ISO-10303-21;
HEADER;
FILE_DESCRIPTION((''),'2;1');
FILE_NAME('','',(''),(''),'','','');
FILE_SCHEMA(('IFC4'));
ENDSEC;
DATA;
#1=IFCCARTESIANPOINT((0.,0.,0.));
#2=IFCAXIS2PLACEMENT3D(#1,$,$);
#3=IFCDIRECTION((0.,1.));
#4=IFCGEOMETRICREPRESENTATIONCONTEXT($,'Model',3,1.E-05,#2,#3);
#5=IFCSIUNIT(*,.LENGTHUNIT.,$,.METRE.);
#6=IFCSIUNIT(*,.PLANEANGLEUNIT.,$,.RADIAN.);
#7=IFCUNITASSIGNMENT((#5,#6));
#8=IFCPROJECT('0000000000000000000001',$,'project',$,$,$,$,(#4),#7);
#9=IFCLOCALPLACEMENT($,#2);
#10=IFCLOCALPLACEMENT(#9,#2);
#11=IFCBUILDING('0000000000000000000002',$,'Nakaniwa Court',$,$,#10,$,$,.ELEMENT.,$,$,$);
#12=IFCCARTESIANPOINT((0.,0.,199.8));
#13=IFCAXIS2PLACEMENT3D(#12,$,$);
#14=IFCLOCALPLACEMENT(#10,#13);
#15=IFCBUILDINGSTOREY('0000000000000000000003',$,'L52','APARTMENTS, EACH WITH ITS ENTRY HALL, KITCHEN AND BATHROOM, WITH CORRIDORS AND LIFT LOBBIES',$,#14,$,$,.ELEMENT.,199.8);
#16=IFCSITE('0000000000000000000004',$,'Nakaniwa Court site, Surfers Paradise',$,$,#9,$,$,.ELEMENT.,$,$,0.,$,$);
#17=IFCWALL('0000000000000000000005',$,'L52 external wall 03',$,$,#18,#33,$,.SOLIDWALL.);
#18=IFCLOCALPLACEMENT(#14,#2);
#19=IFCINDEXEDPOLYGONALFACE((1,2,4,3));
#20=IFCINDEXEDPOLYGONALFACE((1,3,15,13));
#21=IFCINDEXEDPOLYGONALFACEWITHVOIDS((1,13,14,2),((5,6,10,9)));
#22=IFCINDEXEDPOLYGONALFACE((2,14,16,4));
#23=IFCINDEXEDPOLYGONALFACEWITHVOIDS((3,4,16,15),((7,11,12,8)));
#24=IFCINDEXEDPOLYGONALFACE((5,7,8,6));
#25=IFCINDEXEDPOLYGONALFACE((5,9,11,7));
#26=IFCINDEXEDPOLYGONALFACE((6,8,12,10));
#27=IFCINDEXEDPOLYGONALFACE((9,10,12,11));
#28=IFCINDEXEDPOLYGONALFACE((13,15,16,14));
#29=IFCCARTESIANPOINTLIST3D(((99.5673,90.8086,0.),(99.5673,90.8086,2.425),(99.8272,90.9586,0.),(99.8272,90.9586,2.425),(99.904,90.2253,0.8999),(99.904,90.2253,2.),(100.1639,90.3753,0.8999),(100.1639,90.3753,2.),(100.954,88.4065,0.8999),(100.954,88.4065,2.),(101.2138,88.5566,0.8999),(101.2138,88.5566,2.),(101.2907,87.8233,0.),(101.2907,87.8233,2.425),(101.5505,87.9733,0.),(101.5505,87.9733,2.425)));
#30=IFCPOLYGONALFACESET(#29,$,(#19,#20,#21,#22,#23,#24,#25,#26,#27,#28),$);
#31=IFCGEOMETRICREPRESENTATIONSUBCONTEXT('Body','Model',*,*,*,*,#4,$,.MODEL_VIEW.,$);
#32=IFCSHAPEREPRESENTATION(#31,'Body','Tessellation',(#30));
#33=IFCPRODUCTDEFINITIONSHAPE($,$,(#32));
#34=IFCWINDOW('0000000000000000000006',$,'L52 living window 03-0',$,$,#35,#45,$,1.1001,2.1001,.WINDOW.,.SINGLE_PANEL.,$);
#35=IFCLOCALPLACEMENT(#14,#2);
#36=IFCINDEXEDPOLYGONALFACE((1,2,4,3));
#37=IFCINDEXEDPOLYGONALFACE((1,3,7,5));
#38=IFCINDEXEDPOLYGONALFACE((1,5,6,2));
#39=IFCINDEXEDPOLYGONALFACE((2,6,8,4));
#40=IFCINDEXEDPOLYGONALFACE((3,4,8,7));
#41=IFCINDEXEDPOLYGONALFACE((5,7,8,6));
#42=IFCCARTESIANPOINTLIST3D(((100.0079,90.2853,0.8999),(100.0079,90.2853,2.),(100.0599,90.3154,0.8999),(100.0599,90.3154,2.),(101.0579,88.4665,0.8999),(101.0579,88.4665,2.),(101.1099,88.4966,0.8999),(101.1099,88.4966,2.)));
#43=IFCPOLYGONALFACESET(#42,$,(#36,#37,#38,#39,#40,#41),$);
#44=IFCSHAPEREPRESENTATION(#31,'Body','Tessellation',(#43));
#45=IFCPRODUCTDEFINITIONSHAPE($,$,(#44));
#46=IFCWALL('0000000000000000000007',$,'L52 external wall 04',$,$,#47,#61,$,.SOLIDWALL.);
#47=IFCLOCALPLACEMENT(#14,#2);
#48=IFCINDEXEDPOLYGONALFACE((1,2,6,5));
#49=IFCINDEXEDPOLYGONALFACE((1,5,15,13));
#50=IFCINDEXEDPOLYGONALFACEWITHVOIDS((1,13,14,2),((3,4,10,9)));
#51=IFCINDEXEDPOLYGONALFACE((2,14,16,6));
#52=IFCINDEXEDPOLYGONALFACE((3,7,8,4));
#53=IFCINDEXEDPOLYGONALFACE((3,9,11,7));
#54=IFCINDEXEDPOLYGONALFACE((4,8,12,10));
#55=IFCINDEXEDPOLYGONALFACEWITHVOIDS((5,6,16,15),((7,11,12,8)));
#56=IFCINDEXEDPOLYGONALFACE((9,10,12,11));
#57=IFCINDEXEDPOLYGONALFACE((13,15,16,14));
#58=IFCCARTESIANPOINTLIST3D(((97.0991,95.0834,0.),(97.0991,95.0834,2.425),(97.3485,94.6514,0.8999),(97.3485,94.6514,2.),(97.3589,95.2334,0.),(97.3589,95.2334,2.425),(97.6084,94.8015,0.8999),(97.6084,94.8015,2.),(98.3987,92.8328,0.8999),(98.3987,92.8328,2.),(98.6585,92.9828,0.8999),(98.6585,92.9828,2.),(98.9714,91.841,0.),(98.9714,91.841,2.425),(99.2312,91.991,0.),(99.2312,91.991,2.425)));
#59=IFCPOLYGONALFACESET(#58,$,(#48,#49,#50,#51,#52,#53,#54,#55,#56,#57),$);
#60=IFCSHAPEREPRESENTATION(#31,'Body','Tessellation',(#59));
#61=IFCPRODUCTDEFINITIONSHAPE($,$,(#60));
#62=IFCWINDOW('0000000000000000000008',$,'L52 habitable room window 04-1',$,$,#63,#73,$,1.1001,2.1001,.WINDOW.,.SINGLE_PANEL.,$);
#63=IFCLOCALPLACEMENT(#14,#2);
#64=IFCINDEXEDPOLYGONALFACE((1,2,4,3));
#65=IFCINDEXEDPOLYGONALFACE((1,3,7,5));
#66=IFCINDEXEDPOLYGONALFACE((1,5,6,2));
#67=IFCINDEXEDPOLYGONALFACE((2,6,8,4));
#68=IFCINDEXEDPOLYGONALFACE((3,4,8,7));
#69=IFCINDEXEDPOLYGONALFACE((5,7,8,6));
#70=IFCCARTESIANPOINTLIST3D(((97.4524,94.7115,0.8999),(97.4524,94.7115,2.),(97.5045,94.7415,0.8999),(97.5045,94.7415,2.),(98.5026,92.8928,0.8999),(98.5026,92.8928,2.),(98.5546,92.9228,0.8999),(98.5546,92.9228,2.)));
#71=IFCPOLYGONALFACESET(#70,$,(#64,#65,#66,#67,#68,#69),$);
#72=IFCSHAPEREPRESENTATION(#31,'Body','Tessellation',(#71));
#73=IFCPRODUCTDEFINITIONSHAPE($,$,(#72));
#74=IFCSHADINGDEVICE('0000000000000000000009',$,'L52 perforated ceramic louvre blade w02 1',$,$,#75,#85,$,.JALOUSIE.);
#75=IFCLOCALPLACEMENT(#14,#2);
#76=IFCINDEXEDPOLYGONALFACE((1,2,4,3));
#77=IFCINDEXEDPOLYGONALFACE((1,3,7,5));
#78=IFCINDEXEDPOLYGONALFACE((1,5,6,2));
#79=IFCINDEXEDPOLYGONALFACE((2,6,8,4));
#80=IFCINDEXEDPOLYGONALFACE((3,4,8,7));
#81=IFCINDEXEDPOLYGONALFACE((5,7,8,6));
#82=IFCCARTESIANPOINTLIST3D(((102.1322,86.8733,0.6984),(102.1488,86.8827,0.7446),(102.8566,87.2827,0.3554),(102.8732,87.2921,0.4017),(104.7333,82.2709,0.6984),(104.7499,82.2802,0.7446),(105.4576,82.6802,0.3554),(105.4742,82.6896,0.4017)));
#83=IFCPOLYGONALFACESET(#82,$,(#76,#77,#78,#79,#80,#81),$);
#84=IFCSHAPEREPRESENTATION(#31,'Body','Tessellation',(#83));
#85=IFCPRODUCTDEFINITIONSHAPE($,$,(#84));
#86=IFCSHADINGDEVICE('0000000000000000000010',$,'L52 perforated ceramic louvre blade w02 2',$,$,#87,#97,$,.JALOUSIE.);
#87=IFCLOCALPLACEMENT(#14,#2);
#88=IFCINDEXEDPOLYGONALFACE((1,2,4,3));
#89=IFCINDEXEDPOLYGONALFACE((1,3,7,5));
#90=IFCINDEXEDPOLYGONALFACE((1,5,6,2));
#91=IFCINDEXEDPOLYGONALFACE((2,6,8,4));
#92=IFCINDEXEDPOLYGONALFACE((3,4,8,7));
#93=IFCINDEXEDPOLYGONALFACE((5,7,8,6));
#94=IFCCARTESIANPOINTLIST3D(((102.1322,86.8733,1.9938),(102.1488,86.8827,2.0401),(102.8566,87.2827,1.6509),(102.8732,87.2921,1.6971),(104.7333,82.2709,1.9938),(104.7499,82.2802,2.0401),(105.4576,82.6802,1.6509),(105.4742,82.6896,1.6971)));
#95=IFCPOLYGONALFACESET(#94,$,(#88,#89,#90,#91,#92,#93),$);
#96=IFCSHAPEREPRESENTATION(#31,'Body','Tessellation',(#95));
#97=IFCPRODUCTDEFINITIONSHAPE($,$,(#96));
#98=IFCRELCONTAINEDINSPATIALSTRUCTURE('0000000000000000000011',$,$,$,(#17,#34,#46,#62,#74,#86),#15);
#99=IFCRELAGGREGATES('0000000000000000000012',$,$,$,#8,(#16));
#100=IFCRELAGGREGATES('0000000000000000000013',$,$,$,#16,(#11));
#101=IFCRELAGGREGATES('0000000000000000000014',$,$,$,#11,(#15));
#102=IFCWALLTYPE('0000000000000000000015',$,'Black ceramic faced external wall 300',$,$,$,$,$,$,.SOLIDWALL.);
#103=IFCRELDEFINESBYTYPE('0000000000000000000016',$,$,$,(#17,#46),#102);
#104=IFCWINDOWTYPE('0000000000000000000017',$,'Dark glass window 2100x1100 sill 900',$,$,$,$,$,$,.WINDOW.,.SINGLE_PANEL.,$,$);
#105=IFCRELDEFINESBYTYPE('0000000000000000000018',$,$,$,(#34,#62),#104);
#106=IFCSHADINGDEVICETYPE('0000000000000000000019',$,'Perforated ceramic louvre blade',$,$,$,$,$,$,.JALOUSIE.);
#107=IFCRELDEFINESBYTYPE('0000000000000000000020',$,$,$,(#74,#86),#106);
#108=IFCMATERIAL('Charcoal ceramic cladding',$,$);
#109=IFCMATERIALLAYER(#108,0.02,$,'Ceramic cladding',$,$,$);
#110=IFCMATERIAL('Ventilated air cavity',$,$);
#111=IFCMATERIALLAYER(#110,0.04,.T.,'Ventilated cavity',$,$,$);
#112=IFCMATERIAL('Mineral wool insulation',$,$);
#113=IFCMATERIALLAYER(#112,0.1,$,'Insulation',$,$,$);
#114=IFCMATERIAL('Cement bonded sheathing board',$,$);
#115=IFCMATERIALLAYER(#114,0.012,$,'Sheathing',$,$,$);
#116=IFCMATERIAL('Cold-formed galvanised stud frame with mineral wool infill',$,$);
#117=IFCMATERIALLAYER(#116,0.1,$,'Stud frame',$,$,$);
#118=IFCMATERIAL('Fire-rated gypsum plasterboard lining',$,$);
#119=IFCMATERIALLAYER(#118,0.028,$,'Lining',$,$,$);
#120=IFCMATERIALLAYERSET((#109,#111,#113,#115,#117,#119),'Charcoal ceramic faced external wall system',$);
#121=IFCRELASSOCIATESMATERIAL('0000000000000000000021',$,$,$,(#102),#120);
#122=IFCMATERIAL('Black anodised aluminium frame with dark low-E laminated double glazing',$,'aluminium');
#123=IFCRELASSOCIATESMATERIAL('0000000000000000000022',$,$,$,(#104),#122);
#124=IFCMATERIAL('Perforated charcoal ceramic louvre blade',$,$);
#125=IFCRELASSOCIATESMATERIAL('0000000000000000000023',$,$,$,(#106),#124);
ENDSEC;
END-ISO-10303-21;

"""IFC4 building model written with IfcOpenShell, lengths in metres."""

from ifc_helpers import new_model, si_unit, direction, frame, frame_2d, origin, origin_2d, place, context, subcontext, project, spatial, rectangle, extrude, material, layer, layer_set, material_profile, profile_set, type_object, element, fill, save


model = new_model("IFC4")

# Units and contexts
model_context = context("Model", 3, precision=1e-05, world=origin(), true_north=direction((0.0, 1.0)))
body_context = subcontext(model_context, "Body", "Model", "MODEL_VIEW")
ifc_project = project(units=[si_unit("LENGTHUNIT", "METRE"), si_unit("PLANEANGLEUNIT", "RADIAN")], contexts=[model_context])

# Site, building, storey
site_placement = place(None, origin())
site = spatial("IfcSite", under=ifc_project, at=site_placement, Name="Nakaniwa Court site, Surfers Paradise", CompositionType="ELEMENT", RefElevation=0.0)
building_placement = place(site_placement, origin())
building = spatial("IfcBuilding", under=site, at=building_placement, Name="Nakaniwa Court", CompositionType="ELEMENT")
storey_placement = place(building_placement, frame((0.0, 0.0, 199.8)))
storey = spatial("IfcBuildingStorey", under=building, at=storey_placement, Name="L52", Description="APARTMENTS, EACH WITH ITS ENTRY HALL, KITCHEN AND BATHROOM, WITH CORRIDORS AND LIFT LOBBIES", CompositionType="ELEMENT", Elevation=199.8)

# Shared definitions
ifc_material_1 = material(Name="Charcoal ceramic cladding")
ifc_layer_1 = layer(ifc_material_1, 0.02, Name="Ceramic cladding")
ifc_material_2 = material(Name="Ventilated air cavity")
ifc_layer_2 = layer(ifc_material_2, 0.04, ventilated=True, Name="Ventilated cavity")
ifc_material_3 = material(Name="Mineral wool insulation")
ifc_layer_3 = layer(ifc_material_3, 0.1, Name="Insulation")
ifc_material_4 = material(Name="Cement bonded sheathing board")
ifc_layer_4 = layer(ifc_material_4, 0.012, Name="Sheathing")
ifc_material_5 = material(Name="Cold-formed galvanised stud frame with mineral wool infill")
ifc_layer_5 = layer(ifc_material_5, 0.1, Name="Stud frame")
ifc_material_6 = material(Name="Fire-rated gypsum plasterboard lining")
ifc_layer_6 = layer(ifc_material_6, 0.028, Name="Lining")
ifc_layer_set = layer_set([ifc_layer_1, ifc_layer_2, ifc_layer_3, ifc_layer_4, ifc_layer_5, ifc_layer_6], Name="Charcoal ceramic faced external wall system")
wall_type = type_object("IfcWallType", Name="Black ceramic faced external wall 300", PredefinedType="SOLIDWALL", material=ifc_layer_set)
ifc_material_7 = material(Name="Black anodised aluminium frame with dark low-E laminated double glazing", Category="aluminium")

# Shared definitions
window_type_1 = type_object("IfcWindowType", Name="Dark glass window 2100x1100 sill 900", PartitioningType="SINGLE_PANEL", PredefinedType="WINDOW", material=ifc_material_7)

# Walls, openings, windows
wall_1_placement = place(storey_placement, frame((101.4207, 87.8982, 0.0), z_axis=(0.0, 0.0, 1.0), x_axis=(-0.499955, 0.866051, 0.0)))
wall_1 = element("IfcWall", 1, at=wall_1_placement, inside=storey, type_object=wall_type, Name="L52 external wall 03", PredefinedType="SOLIDWALL", context=body_context, shape_type="SweptSolid", body=[
    extrude(rectangle(XDim=3.447, YDim=0.3, at=frame_2d((1.7236, 0.0))), origin(), (0.0, 0.0, 1.0), 2.425),
])
opening_1_placement = place(wall_1_placement, frame((0.6736, 0.0, 0.8999)))
opening_1 = element("IfcOpeningElement", 2, at=opening_1_placement, cuts=wall_1, PredefinedType="OPENING", context=body_context, shape_type="SweptSolid", body=[
    extrude(rectangle(XDim=2.1001, YDim=1.1001, at=frame_2d((1.05, 0.55))), frame((0.0, 0.1599, 0.0), z_axis=(0.0, -1.0, 0.0), x_axis=(1.0, 0.0, 0.0)), (0.0, 0.0, 1.0), 0.3201),
])
window_1_placement = place(opening_1_placement, origin())
window_1 = element("IfcWindow", 3, at=window_1_placement, inside=storey, type_object=window_type_1, Name="L52 living window 03-0", OverallHeight=1.1001, OverallWidth=2.1001, PartitioningType="SINGLE_PANEL", PredefinedType="WINDOW", context=body_context, shape_type="SweptSolid", body=[
    extrude(rectangle(XDim=2.1001, YDim=1.1001, at=frame_2d((1.05, 0.55))), frame((0.0, 0.03, 0.0), z_axis=(0.0, -1.0, 0.0), x_axis=(1.0, 0.0, 0.0)), (0.0, 0.0, 1.0), 0.0601),
])
fill(opening_1, window_1)
wall_2_placement = place(storey_placement, frame((99.1013, 91.916, 0.0), z_axis=(0.0, 0.0, 1.0), x_axis=(-0.500059, 0.865991, 0.0)))
wall_2 = element("IfcWall", 4, at=wall_2_placement, inside=storey, type_object=wall_type, Name="L52 external wall 04", PredefinedType="SOLIDWALL", context=body_context, shape_type="SweptSolid", body=[
    extrude(rectangle(XDim=3.7441, YDim=0.3, at=frame_2d((1.8721, 0.0))), origin(), (0.0, 0.0, 1.0), 2.425),
])
opening_2_placement = place(wall_2_placement, frame((1.1453, 0.0, 0.8999)))
opening_2 = element("IfcOpeningElement", 5, at=opening_2_placement, cuts=wall_2, PredefinedType="OPENING", context=body_context, shape_type="SweptSolid", body=[
    extrude(rectangle(XDim=2.1001, YDim=1.1001, at=frame_2d((1.05, 0.55))), frame((0.0, 0.1599, 0.0), z_axis=(0.0, -1.0, 0.0), x_axis=(1.0, 0.0, 0.0)), (0.0, 0.0, 1.0), 0.3201),
])
window_2_placement = place(opening_2_placement, origin())
window_2 = element("IfcWindow", 6, at=window_2_placement, inside=storey, type_object=window_type_1, Name="L52 habitable room window 04-1", OverallHeight=1.1001, OverallWidth=2.1001, PartitioningType="SINGLE_PANEL", PredefinedType="WINDOW", context=body_context, shape_type="SweptSolid", body=[
    extrude(rectangle(XDim=2.1001, YDim=1.1001, at=frame_2d((1.05, 0.55))), frame((0.0, 0.03, 0.0), z_axis=(0.0, -1.0, 0.0), x_axis=(1.0, 0.0, 0.0)), (0.0, 0.0, 1.0), 0.0601),
])
fill(opening_2, window_2)

# Shading devices
ifc_material_8 = material(Name="Perforated charcoal ceramic louvre blade")
ifc_material_profile_1 = material_profile(ifc_material_8, rectangle(XDim=0.8999, YDim=0.05, at=origin_2d()), Name="Perforated ceramic louvre blade")
ifc_profile_set_1 = profile_set([ifc_material_profile_1], Name="Perforated charcoal ceramic louvre blade")
shading_device_type = type_object("IfcShadingDeviceType", Name="Perforated ceramic louvre blade", PredefinedType="JALOUSIE", material=ifc_profile_set_1)
for number, where, z_axis, x_axis, name in (
    (7, (105.1038, 82.4802, 0.55), (-0.492006, 0.870592, 0.0), (-0.804902, -0.454882, 0.38107), "L52 perforated ceramic louvre blade w02 1"),
    (8, (105.1038, 82.4802, 1.8455), (-0.492006, 0.870592, 0.0), (-0.804902, -0.454882, 0.38107), "L52 perforated ceramic louvre blade w02 2"),
):
    element("IfcShadingDevice", number, at=place(storey_placement, frame(where, z_axis=z_axis, x_axis=x_axis)), inside=storey, type_object=shading_device_type, Name=name, PredefinedType="JALOUSIE", context=body_context, shape_type="SweptSolid", body=[
        extrude(rectangle(XDim=0.8999, YDim=0.05, at=origin_2d()), origin(), (0.0, 0.0, 1.0), 5.2866),
    ])

save(model, "model.ifc")
